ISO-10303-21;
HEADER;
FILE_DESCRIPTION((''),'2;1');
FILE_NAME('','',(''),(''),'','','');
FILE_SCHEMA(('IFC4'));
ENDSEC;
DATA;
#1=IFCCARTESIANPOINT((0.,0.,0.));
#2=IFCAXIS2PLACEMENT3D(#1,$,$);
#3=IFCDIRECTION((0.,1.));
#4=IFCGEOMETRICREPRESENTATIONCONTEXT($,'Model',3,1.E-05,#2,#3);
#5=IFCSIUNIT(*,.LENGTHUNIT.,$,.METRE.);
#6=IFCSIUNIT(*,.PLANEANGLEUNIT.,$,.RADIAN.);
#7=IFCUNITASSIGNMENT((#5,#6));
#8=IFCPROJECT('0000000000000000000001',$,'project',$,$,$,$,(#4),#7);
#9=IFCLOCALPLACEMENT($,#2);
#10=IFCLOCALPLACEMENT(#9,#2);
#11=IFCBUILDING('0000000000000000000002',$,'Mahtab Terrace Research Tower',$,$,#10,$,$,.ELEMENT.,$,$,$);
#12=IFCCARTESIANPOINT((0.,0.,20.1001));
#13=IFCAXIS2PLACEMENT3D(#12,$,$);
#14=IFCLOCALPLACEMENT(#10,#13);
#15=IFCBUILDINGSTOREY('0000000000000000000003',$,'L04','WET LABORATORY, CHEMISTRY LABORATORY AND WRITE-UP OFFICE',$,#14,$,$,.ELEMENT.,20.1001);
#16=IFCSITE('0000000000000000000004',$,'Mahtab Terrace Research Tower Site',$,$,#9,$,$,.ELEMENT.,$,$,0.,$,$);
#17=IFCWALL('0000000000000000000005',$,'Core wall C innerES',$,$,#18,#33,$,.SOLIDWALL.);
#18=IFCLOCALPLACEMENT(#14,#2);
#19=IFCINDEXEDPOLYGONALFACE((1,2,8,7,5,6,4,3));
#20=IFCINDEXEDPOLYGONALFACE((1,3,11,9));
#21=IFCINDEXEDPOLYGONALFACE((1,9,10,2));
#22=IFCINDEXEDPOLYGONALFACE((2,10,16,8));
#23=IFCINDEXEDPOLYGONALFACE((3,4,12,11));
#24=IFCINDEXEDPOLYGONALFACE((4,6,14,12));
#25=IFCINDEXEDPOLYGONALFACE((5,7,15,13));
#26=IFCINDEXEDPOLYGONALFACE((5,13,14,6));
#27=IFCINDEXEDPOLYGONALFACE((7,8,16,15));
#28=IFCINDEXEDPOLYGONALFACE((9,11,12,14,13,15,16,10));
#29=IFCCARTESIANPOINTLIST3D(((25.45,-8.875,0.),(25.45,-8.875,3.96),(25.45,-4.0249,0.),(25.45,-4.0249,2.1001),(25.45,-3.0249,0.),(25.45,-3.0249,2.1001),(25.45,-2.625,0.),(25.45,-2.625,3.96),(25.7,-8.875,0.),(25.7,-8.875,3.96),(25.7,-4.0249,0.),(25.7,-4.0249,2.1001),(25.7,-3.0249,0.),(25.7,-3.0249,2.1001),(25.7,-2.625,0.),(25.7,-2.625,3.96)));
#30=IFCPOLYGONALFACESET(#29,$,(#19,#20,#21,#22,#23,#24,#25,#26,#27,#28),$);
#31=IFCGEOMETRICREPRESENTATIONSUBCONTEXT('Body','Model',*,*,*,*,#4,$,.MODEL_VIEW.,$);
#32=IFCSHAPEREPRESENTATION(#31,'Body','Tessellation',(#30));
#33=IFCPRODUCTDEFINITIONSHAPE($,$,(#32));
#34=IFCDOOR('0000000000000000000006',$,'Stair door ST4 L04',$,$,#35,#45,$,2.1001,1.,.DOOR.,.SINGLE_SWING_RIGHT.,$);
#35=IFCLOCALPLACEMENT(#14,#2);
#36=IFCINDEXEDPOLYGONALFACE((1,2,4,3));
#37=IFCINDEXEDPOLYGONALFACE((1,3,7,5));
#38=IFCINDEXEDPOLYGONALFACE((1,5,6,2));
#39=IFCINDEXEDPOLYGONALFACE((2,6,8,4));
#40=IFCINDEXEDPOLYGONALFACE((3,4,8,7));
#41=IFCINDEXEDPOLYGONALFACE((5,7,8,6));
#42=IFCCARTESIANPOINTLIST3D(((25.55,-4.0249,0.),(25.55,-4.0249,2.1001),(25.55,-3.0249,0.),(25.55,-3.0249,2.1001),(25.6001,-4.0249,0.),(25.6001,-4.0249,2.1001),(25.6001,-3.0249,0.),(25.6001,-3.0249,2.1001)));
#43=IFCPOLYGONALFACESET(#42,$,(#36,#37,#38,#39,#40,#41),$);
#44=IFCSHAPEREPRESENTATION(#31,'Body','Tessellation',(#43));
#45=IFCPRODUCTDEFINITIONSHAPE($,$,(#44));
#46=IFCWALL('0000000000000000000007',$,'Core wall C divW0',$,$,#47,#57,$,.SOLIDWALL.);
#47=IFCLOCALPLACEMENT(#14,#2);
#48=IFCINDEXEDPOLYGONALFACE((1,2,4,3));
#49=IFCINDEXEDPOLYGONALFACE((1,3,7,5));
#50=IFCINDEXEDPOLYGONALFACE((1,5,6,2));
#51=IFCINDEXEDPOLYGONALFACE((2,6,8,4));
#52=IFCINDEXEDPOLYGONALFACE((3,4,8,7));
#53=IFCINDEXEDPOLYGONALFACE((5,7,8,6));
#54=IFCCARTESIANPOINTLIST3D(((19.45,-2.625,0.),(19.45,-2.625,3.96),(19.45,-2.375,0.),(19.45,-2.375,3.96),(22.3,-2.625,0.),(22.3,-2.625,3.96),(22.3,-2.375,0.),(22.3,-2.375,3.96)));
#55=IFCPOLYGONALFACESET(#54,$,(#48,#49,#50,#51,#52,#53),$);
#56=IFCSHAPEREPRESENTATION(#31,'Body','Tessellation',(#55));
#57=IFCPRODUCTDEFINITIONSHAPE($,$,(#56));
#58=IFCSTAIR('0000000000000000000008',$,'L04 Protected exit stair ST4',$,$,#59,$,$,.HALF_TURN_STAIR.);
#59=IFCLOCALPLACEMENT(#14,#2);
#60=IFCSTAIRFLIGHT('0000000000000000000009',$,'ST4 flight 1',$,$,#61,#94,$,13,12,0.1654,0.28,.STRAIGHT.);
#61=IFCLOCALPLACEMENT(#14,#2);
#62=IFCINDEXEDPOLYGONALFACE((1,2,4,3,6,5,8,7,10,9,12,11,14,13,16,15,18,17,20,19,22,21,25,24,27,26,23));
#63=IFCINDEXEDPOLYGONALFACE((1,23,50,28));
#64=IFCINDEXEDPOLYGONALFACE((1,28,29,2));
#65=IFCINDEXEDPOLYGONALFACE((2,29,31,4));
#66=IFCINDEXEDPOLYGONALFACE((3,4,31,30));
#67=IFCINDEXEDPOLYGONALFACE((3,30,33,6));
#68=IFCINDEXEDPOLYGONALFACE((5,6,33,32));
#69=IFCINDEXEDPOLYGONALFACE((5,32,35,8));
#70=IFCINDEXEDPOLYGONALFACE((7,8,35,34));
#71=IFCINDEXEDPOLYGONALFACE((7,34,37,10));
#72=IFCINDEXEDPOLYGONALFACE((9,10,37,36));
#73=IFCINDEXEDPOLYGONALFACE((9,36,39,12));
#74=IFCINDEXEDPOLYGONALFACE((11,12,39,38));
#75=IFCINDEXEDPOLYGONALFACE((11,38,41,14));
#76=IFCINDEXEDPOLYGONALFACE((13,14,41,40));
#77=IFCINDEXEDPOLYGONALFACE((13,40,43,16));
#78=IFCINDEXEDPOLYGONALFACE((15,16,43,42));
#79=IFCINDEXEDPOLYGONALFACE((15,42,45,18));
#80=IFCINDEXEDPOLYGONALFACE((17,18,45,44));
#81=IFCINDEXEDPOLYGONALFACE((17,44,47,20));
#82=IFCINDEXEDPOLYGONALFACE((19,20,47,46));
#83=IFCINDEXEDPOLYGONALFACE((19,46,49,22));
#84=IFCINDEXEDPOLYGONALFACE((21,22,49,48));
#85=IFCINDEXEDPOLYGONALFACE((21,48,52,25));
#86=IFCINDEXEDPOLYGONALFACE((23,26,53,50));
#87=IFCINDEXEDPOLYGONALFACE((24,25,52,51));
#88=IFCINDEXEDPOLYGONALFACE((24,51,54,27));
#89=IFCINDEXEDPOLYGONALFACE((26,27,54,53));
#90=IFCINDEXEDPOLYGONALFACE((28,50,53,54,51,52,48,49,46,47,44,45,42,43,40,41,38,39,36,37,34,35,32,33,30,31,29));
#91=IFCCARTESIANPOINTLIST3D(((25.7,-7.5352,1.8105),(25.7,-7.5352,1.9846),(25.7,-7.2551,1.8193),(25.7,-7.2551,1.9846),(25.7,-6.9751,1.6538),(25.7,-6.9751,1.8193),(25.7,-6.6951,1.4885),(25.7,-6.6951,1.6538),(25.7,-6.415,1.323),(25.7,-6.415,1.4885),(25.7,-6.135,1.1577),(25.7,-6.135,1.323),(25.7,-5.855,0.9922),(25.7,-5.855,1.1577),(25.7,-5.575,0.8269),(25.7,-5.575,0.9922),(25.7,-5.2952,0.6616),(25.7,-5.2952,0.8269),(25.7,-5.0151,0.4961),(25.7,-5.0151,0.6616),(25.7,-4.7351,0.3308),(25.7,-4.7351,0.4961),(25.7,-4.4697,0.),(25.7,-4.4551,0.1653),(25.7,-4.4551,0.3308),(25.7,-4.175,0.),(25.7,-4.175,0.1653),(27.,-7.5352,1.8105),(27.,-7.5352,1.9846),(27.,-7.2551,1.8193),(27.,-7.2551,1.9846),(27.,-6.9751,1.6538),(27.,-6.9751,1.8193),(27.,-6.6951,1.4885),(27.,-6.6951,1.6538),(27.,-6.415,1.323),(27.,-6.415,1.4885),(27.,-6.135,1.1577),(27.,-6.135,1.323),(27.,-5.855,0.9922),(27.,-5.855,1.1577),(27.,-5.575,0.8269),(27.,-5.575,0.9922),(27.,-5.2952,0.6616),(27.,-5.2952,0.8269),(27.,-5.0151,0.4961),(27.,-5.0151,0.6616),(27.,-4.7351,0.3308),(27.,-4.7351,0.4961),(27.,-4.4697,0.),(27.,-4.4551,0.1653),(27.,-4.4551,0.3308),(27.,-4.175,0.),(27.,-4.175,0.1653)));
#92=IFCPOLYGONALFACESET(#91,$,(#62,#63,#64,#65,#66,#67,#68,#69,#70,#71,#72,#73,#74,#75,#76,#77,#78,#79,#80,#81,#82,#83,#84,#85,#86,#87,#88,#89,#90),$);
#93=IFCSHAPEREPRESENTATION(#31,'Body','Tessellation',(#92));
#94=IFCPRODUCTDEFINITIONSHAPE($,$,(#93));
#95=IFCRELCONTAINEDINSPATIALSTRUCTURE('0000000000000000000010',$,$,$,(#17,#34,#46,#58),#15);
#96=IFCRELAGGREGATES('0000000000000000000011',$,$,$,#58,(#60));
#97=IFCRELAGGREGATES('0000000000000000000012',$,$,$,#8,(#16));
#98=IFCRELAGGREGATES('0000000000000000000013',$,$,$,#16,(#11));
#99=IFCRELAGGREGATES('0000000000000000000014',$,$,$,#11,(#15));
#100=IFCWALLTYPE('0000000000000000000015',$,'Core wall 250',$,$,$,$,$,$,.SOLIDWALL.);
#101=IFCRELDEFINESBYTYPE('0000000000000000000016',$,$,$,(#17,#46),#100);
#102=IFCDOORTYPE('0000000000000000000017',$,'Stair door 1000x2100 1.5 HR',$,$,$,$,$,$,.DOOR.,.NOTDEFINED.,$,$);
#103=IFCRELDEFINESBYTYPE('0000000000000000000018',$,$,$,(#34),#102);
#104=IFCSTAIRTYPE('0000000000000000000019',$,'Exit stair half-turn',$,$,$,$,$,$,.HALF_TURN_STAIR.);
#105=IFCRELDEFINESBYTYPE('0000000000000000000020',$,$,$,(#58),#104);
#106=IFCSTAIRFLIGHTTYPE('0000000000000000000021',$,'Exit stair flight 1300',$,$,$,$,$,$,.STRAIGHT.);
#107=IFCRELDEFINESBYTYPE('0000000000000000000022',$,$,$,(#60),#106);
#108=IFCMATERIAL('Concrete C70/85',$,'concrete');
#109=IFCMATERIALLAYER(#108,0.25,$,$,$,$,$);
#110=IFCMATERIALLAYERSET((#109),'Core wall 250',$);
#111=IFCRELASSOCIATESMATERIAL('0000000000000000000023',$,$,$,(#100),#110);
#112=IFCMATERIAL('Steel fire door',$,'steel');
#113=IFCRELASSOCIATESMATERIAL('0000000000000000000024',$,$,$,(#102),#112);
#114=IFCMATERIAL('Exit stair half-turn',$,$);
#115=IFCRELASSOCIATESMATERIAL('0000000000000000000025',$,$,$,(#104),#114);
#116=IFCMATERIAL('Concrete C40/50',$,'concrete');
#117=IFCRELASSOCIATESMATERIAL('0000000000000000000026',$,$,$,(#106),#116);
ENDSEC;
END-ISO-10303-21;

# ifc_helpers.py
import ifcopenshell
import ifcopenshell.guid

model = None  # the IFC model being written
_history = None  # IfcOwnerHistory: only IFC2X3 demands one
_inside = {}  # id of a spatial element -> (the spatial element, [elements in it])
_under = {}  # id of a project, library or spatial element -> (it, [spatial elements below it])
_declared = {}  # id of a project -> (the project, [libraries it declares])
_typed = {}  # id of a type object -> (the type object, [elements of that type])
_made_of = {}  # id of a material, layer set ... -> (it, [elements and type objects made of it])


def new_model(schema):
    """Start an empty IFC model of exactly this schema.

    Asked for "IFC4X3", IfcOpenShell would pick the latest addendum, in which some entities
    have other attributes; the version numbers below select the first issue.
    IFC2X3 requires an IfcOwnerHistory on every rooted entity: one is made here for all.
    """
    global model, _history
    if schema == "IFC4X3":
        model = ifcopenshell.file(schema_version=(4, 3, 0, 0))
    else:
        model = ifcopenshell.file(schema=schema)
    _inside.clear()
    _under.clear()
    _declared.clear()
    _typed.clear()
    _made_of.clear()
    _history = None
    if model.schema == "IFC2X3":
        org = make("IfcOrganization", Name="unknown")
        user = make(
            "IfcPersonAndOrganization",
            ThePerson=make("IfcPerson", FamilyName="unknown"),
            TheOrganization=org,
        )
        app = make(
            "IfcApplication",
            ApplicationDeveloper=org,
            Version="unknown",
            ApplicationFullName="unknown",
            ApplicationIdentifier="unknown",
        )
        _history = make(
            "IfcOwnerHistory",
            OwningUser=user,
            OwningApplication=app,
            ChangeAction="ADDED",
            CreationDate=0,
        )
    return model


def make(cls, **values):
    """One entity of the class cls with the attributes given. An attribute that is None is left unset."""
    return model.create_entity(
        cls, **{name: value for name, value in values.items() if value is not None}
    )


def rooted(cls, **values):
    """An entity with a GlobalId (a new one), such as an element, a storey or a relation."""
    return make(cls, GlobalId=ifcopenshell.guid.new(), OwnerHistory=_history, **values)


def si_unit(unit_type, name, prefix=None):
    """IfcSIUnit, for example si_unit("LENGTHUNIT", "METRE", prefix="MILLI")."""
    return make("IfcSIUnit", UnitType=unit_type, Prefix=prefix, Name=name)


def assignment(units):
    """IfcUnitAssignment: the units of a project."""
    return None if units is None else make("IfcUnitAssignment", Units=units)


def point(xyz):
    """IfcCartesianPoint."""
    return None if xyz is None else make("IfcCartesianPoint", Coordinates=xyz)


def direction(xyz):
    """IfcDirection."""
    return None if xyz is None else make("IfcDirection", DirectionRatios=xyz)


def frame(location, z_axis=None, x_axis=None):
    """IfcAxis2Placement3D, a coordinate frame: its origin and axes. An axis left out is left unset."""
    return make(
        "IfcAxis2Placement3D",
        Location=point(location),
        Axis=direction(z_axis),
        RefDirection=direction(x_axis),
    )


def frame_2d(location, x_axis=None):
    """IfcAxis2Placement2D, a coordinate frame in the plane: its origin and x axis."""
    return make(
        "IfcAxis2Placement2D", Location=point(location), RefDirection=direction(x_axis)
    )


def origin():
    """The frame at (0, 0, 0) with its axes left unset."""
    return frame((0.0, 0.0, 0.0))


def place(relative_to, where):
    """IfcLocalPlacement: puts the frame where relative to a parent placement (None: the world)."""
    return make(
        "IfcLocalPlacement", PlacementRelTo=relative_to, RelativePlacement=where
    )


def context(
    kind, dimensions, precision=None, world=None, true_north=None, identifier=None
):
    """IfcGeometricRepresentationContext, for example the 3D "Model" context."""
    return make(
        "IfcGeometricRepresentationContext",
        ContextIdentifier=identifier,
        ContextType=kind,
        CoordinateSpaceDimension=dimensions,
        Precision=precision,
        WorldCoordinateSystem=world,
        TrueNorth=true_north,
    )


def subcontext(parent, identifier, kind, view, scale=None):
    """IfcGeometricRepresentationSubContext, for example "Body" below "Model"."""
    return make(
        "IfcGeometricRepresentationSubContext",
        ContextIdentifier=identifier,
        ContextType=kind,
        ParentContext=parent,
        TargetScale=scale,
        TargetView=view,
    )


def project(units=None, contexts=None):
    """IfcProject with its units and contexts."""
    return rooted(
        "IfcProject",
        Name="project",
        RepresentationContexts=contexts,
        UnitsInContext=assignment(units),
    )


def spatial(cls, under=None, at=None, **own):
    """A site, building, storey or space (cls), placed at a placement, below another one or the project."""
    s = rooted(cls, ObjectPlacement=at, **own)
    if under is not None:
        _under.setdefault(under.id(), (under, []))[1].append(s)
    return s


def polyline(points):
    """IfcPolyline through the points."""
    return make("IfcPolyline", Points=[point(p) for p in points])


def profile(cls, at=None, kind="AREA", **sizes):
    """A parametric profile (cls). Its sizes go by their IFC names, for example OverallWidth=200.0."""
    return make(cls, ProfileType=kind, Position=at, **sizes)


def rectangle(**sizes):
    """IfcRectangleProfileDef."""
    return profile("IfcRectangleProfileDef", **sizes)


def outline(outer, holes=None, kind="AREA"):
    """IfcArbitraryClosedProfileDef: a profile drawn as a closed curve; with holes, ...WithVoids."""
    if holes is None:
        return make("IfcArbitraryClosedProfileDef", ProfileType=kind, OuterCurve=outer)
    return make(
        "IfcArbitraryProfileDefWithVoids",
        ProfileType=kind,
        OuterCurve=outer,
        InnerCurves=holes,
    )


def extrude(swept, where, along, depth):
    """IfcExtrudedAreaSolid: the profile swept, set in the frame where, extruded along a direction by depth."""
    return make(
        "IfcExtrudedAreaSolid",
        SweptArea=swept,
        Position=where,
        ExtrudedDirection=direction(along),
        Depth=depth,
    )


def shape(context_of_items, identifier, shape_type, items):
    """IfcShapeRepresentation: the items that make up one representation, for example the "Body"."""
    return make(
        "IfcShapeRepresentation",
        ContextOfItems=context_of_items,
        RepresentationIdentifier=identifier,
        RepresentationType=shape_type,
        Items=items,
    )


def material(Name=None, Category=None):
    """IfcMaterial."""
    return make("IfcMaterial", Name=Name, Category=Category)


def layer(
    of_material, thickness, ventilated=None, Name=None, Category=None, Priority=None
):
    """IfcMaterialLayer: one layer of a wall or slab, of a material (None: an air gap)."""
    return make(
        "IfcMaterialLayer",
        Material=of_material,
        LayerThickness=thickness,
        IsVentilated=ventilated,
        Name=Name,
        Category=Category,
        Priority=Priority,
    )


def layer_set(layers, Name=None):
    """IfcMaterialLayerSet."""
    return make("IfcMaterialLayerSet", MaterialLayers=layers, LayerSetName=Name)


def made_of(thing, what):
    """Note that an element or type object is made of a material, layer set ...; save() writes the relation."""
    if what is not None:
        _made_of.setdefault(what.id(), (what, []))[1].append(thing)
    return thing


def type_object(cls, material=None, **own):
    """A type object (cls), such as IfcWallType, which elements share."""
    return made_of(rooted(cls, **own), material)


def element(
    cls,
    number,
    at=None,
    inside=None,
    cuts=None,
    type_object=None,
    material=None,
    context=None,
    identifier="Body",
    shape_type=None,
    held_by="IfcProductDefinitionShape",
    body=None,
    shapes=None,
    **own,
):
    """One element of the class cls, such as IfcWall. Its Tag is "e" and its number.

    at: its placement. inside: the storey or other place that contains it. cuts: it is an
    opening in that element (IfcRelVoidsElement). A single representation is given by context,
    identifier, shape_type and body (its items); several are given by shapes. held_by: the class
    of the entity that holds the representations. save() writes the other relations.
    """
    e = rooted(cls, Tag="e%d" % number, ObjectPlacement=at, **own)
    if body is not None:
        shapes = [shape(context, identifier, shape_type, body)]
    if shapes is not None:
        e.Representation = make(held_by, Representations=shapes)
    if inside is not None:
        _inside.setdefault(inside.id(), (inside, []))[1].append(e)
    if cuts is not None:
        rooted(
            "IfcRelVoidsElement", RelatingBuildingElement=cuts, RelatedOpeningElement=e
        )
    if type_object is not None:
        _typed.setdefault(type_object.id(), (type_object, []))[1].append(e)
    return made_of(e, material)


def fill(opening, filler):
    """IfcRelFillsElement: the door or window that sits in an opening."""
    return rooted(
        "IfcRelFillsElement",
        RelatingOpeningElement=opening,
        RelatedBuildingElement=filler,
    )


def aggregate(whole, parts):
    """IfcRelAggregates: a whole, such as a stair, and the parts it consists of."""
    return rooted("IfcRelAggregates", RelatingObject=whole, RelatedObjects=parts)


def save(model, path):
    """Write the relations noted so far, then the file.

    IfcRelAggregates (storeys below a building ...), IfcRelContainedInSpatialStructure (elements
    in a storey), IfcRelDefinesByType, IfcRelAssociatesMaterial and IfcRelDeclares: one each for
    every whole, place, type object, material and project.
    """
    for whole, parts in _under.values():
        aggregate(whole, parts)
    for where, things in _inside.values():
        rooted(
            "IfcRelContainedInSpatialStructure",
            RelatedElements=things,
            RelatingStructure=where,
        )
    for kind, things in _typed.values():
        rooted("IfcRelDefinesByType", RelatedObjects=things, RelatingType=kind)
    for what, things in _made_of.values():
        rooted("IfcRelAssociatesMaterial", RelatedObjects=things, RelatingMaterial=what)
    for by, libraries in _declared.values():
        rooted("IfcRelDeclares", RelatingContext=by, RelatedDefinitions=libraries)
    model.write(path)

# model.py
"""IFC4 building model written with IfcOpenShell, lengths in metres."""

from ifc_helpers import new_model, si_unit, direction, frame, frame_2d, origin, place, context, subcontext, project, spatial, polyline, rectangle, outline, extrude, material, layer, layer_set, type_object, element, fill, aggregate, save


model = new_model("IFC4")

# Units and contexts
model_context = context("Model", 3, precision=1e-05, world=origin(), true_north=direction((0.0, 1.0)))
body_context = subcontext(model_context, "Body", "Model", "MODEL_VIEW")
ifc_project = project(units=[si_unit("LENGTHUNIT", "METRE"), si_unit("PLANEANGLEUNIT", "RADIAN")], contexts=[model_context])

# Site, building, storey
site_placement = place(None, origin())
site = spatial("IfcSite", under=ifc_project, at=site_placement, Name="Mahtab Terrace Research Tower Site", CompositionType="ELEMENT", RefElevation=0.0)
building_placement = place(site_placement, origin())
building = spatial("IfcBuilding", under=site, at=building_placement, Name="Mahtab Terrace Research Tower", CompositionType="ELEMENT")
storey_placement = place(building_placement, frame((0.0, 0.0, 20.1001)))
storey = spatial("IfcBuildingStorey", under=building, at=storey_placement, Name="L04", Description="WET LABORATORY, CHEMISTRY LABORATORY AND WRITE-UP OFFICE", CompositionType="ELEMENT", Elevation=20.1001)

# Shared definitions
ifc_material_1 = material(Name="Concrete C70/85", Category="concrete")
ifc_layer_1 = layer(ifc_material_1, 0.25)
ifc_layer_set_1 = layer_set([ifc_layer_1], Name="Core wall 250")
wall_type_1 = type_object("IfcWallType", Name="Core wall 250", PredefinedType="SOLIDWALL", material=ifc_layer_set_1)
ifc_material_2 = material(Name="Steel fire door", Category="steel")

# Wall, opening, door
wall_1_placement = place(storey_placement, frame((25.575, -8.875, 0.0), z_axis=(0.0, 0.0, 1.0), x_axis=(0.0, 1.0, 0.0)))
wall_1 = element("IfcWall", 1, at=wall_1_placement, inside=storey, type_object=wall_type_1, Name="Core wall C innerES", PredefinedType="SOLIDWALL", context=body_context, shape_type="SweptSolid", body=[
    extrude(rectangle(XDim=6.25, YDim=0.25, at=frame_2d((3.125, 0.0))), origin(), (0.0, 0.0, 1.0), 3.96),
])
opening_1_placement = place(wall_1_placement, frame((4.8501, 0.0, 0.0)))
opening_1 = element("IfcOpeningElement", 2, at=opening_1_placement, cuts=wall_1, PredefinedType="OPENING", context=body_context, shape_type="SweptSolid", body=[
    extrude(rectangle(XDim=1.0, YDim=2.1001, at=frame_2d((0.5, 1.05))), frame((0.0, 0.135, 0.0), z_axis=(0.0, -1.0, 0.0), x_axis=(1.0, 0.0, 0.0)), (0.0, 0.0, 1.0), 0.27),
])
door_type_1 = type_object("IfcDoorType", Name="Stair door 1000x2100 1.5 HR", OperationType="NOTDEFINED", PredefinedType="DOOR", material=ifc_material_2)
door_1_placement = place(opening_1_placement, origin())
door_1 = element("IfcDoor", 3, at=door_1_placement, inside=storey, type_object=door_type_1, Name="Stair door ST4 L04", OperationType="SINGLE_SWING_RIGHT", OverallHeight=2.1001, OverallWidth=1.0, PredefinedType="DOOR", context=body_context, shape_type="SweptSolid", body=[
    extrude(rectangle(XDim=1.0, YDim=2.1001, at=frame_2d((0.5, 1.05))), frame((0.0, 0.0249, 0.0), z_axis=(0.0, -1.0, 0.0), x_axis=(1.0, 0.0, 0.0)), (0.0, 0.0, 1.0), 0.05),
])
fill(opening_1, door_1)

# Wall
wall_2_placement = place(storey_placement, frame((19.45, -2.5, 0.0), z_axis=(0.0, 0.0, 1.0), x_axis=(1.0, 0.0, 0.0)))
element("IfcWall", 4, at=wall_2_placement, inside=storey, type_object=wall_type_1, Name="Core wall C divW0", PredefinedType="SOLIDWALL", context=body_context, shape_type="SweptSolid", body=[
    extrude(rectangle(XDim=2.8501, YDim=0.25, at=frame_2d((1.425, 0.0))), origin(), (0.0, 0.0, 1.0), 3.96),
])

# Stair, stair flight
ifc_material_3 = material(Name="Exit stair half-turn")
stair_type = type_object("IfcStairType", Name="Exit stair half-turn", PredefinedType="HALF_TURN_STAIR", material=ifc_material_3)
stair_placement = place(storey_placement, origin())
stair = element("IfcStair", 5, at=stair_placement, inside=storey, type_object=stair_type, Name="L04 Protected exit stair ST4", PredefinedType="HALF_TURN_STAIR")
ifc_material_4 = material(Name="Concrete C40/50", Category="concrete")
stair_flight_type = type_object("IfcStairFlightType", Name="Exit stair flight 1300", PredefinedType="STRAIGHT", material=ifc_material_4)
stair_flight_placement = place(storey_placement, frame((26.3501, -4.175, 0.0), z_axis=(0.0, 0.0, 1.0), x_axis=(0.0, -1.0, 0.0)))
stair_flight = element("IfcStairFlight", 6, at=stair_flight_placement, type_object=stair_flight_type, Name="ST4 flight 1", NumberOfRisers=13, NumberOfTreads=12, PredefinedType="STRAIGHT", RiserHeight=0.1654, TreadLength=0.28, context=body_context, shape_type="SweptSolid", body=[
    extrude(outline(polyline([(0.0, 0.0), (0.0, 0.1653), (0.28, 0.1653), (0.28, 0.3308), (0.5601, 0.3308), (0.5601, 0.4961), (0.8401, 0.4961), (0.8401, 0.6616), (1.1201, 0.6616), (1.1201, 0.8269), (1.3999, 0.8269), (1.3999, 0.9922), (1.6799, 0.9922), (1.6799, 1.1577), (1.96, 1.1577), (1.96, 1.323), (2.24, 1.323), (2.24, 1.4885), (2.52, 1.4885), (2.52, 1.6538), (2.8, 1.6538), (2.8, 1.8193), (3.0801, 1.8193), (3.0801, 1.9846), (3.3601, 1.9846), (3.3601, 2.1499), (3.3601, 1.8105), (0.2947, 0.0), (0.0, 0.0)])), frame((0.0, 0.6499, 0.0), z_axis=(0.0, -1.0, 0.0), x_axis=(1.0, 0.0, 0.0)), (0.0, 0.0, 1.0), 1.3),
])
aggregate(stair, [stair_flight])

save(model, "model.ifc")
